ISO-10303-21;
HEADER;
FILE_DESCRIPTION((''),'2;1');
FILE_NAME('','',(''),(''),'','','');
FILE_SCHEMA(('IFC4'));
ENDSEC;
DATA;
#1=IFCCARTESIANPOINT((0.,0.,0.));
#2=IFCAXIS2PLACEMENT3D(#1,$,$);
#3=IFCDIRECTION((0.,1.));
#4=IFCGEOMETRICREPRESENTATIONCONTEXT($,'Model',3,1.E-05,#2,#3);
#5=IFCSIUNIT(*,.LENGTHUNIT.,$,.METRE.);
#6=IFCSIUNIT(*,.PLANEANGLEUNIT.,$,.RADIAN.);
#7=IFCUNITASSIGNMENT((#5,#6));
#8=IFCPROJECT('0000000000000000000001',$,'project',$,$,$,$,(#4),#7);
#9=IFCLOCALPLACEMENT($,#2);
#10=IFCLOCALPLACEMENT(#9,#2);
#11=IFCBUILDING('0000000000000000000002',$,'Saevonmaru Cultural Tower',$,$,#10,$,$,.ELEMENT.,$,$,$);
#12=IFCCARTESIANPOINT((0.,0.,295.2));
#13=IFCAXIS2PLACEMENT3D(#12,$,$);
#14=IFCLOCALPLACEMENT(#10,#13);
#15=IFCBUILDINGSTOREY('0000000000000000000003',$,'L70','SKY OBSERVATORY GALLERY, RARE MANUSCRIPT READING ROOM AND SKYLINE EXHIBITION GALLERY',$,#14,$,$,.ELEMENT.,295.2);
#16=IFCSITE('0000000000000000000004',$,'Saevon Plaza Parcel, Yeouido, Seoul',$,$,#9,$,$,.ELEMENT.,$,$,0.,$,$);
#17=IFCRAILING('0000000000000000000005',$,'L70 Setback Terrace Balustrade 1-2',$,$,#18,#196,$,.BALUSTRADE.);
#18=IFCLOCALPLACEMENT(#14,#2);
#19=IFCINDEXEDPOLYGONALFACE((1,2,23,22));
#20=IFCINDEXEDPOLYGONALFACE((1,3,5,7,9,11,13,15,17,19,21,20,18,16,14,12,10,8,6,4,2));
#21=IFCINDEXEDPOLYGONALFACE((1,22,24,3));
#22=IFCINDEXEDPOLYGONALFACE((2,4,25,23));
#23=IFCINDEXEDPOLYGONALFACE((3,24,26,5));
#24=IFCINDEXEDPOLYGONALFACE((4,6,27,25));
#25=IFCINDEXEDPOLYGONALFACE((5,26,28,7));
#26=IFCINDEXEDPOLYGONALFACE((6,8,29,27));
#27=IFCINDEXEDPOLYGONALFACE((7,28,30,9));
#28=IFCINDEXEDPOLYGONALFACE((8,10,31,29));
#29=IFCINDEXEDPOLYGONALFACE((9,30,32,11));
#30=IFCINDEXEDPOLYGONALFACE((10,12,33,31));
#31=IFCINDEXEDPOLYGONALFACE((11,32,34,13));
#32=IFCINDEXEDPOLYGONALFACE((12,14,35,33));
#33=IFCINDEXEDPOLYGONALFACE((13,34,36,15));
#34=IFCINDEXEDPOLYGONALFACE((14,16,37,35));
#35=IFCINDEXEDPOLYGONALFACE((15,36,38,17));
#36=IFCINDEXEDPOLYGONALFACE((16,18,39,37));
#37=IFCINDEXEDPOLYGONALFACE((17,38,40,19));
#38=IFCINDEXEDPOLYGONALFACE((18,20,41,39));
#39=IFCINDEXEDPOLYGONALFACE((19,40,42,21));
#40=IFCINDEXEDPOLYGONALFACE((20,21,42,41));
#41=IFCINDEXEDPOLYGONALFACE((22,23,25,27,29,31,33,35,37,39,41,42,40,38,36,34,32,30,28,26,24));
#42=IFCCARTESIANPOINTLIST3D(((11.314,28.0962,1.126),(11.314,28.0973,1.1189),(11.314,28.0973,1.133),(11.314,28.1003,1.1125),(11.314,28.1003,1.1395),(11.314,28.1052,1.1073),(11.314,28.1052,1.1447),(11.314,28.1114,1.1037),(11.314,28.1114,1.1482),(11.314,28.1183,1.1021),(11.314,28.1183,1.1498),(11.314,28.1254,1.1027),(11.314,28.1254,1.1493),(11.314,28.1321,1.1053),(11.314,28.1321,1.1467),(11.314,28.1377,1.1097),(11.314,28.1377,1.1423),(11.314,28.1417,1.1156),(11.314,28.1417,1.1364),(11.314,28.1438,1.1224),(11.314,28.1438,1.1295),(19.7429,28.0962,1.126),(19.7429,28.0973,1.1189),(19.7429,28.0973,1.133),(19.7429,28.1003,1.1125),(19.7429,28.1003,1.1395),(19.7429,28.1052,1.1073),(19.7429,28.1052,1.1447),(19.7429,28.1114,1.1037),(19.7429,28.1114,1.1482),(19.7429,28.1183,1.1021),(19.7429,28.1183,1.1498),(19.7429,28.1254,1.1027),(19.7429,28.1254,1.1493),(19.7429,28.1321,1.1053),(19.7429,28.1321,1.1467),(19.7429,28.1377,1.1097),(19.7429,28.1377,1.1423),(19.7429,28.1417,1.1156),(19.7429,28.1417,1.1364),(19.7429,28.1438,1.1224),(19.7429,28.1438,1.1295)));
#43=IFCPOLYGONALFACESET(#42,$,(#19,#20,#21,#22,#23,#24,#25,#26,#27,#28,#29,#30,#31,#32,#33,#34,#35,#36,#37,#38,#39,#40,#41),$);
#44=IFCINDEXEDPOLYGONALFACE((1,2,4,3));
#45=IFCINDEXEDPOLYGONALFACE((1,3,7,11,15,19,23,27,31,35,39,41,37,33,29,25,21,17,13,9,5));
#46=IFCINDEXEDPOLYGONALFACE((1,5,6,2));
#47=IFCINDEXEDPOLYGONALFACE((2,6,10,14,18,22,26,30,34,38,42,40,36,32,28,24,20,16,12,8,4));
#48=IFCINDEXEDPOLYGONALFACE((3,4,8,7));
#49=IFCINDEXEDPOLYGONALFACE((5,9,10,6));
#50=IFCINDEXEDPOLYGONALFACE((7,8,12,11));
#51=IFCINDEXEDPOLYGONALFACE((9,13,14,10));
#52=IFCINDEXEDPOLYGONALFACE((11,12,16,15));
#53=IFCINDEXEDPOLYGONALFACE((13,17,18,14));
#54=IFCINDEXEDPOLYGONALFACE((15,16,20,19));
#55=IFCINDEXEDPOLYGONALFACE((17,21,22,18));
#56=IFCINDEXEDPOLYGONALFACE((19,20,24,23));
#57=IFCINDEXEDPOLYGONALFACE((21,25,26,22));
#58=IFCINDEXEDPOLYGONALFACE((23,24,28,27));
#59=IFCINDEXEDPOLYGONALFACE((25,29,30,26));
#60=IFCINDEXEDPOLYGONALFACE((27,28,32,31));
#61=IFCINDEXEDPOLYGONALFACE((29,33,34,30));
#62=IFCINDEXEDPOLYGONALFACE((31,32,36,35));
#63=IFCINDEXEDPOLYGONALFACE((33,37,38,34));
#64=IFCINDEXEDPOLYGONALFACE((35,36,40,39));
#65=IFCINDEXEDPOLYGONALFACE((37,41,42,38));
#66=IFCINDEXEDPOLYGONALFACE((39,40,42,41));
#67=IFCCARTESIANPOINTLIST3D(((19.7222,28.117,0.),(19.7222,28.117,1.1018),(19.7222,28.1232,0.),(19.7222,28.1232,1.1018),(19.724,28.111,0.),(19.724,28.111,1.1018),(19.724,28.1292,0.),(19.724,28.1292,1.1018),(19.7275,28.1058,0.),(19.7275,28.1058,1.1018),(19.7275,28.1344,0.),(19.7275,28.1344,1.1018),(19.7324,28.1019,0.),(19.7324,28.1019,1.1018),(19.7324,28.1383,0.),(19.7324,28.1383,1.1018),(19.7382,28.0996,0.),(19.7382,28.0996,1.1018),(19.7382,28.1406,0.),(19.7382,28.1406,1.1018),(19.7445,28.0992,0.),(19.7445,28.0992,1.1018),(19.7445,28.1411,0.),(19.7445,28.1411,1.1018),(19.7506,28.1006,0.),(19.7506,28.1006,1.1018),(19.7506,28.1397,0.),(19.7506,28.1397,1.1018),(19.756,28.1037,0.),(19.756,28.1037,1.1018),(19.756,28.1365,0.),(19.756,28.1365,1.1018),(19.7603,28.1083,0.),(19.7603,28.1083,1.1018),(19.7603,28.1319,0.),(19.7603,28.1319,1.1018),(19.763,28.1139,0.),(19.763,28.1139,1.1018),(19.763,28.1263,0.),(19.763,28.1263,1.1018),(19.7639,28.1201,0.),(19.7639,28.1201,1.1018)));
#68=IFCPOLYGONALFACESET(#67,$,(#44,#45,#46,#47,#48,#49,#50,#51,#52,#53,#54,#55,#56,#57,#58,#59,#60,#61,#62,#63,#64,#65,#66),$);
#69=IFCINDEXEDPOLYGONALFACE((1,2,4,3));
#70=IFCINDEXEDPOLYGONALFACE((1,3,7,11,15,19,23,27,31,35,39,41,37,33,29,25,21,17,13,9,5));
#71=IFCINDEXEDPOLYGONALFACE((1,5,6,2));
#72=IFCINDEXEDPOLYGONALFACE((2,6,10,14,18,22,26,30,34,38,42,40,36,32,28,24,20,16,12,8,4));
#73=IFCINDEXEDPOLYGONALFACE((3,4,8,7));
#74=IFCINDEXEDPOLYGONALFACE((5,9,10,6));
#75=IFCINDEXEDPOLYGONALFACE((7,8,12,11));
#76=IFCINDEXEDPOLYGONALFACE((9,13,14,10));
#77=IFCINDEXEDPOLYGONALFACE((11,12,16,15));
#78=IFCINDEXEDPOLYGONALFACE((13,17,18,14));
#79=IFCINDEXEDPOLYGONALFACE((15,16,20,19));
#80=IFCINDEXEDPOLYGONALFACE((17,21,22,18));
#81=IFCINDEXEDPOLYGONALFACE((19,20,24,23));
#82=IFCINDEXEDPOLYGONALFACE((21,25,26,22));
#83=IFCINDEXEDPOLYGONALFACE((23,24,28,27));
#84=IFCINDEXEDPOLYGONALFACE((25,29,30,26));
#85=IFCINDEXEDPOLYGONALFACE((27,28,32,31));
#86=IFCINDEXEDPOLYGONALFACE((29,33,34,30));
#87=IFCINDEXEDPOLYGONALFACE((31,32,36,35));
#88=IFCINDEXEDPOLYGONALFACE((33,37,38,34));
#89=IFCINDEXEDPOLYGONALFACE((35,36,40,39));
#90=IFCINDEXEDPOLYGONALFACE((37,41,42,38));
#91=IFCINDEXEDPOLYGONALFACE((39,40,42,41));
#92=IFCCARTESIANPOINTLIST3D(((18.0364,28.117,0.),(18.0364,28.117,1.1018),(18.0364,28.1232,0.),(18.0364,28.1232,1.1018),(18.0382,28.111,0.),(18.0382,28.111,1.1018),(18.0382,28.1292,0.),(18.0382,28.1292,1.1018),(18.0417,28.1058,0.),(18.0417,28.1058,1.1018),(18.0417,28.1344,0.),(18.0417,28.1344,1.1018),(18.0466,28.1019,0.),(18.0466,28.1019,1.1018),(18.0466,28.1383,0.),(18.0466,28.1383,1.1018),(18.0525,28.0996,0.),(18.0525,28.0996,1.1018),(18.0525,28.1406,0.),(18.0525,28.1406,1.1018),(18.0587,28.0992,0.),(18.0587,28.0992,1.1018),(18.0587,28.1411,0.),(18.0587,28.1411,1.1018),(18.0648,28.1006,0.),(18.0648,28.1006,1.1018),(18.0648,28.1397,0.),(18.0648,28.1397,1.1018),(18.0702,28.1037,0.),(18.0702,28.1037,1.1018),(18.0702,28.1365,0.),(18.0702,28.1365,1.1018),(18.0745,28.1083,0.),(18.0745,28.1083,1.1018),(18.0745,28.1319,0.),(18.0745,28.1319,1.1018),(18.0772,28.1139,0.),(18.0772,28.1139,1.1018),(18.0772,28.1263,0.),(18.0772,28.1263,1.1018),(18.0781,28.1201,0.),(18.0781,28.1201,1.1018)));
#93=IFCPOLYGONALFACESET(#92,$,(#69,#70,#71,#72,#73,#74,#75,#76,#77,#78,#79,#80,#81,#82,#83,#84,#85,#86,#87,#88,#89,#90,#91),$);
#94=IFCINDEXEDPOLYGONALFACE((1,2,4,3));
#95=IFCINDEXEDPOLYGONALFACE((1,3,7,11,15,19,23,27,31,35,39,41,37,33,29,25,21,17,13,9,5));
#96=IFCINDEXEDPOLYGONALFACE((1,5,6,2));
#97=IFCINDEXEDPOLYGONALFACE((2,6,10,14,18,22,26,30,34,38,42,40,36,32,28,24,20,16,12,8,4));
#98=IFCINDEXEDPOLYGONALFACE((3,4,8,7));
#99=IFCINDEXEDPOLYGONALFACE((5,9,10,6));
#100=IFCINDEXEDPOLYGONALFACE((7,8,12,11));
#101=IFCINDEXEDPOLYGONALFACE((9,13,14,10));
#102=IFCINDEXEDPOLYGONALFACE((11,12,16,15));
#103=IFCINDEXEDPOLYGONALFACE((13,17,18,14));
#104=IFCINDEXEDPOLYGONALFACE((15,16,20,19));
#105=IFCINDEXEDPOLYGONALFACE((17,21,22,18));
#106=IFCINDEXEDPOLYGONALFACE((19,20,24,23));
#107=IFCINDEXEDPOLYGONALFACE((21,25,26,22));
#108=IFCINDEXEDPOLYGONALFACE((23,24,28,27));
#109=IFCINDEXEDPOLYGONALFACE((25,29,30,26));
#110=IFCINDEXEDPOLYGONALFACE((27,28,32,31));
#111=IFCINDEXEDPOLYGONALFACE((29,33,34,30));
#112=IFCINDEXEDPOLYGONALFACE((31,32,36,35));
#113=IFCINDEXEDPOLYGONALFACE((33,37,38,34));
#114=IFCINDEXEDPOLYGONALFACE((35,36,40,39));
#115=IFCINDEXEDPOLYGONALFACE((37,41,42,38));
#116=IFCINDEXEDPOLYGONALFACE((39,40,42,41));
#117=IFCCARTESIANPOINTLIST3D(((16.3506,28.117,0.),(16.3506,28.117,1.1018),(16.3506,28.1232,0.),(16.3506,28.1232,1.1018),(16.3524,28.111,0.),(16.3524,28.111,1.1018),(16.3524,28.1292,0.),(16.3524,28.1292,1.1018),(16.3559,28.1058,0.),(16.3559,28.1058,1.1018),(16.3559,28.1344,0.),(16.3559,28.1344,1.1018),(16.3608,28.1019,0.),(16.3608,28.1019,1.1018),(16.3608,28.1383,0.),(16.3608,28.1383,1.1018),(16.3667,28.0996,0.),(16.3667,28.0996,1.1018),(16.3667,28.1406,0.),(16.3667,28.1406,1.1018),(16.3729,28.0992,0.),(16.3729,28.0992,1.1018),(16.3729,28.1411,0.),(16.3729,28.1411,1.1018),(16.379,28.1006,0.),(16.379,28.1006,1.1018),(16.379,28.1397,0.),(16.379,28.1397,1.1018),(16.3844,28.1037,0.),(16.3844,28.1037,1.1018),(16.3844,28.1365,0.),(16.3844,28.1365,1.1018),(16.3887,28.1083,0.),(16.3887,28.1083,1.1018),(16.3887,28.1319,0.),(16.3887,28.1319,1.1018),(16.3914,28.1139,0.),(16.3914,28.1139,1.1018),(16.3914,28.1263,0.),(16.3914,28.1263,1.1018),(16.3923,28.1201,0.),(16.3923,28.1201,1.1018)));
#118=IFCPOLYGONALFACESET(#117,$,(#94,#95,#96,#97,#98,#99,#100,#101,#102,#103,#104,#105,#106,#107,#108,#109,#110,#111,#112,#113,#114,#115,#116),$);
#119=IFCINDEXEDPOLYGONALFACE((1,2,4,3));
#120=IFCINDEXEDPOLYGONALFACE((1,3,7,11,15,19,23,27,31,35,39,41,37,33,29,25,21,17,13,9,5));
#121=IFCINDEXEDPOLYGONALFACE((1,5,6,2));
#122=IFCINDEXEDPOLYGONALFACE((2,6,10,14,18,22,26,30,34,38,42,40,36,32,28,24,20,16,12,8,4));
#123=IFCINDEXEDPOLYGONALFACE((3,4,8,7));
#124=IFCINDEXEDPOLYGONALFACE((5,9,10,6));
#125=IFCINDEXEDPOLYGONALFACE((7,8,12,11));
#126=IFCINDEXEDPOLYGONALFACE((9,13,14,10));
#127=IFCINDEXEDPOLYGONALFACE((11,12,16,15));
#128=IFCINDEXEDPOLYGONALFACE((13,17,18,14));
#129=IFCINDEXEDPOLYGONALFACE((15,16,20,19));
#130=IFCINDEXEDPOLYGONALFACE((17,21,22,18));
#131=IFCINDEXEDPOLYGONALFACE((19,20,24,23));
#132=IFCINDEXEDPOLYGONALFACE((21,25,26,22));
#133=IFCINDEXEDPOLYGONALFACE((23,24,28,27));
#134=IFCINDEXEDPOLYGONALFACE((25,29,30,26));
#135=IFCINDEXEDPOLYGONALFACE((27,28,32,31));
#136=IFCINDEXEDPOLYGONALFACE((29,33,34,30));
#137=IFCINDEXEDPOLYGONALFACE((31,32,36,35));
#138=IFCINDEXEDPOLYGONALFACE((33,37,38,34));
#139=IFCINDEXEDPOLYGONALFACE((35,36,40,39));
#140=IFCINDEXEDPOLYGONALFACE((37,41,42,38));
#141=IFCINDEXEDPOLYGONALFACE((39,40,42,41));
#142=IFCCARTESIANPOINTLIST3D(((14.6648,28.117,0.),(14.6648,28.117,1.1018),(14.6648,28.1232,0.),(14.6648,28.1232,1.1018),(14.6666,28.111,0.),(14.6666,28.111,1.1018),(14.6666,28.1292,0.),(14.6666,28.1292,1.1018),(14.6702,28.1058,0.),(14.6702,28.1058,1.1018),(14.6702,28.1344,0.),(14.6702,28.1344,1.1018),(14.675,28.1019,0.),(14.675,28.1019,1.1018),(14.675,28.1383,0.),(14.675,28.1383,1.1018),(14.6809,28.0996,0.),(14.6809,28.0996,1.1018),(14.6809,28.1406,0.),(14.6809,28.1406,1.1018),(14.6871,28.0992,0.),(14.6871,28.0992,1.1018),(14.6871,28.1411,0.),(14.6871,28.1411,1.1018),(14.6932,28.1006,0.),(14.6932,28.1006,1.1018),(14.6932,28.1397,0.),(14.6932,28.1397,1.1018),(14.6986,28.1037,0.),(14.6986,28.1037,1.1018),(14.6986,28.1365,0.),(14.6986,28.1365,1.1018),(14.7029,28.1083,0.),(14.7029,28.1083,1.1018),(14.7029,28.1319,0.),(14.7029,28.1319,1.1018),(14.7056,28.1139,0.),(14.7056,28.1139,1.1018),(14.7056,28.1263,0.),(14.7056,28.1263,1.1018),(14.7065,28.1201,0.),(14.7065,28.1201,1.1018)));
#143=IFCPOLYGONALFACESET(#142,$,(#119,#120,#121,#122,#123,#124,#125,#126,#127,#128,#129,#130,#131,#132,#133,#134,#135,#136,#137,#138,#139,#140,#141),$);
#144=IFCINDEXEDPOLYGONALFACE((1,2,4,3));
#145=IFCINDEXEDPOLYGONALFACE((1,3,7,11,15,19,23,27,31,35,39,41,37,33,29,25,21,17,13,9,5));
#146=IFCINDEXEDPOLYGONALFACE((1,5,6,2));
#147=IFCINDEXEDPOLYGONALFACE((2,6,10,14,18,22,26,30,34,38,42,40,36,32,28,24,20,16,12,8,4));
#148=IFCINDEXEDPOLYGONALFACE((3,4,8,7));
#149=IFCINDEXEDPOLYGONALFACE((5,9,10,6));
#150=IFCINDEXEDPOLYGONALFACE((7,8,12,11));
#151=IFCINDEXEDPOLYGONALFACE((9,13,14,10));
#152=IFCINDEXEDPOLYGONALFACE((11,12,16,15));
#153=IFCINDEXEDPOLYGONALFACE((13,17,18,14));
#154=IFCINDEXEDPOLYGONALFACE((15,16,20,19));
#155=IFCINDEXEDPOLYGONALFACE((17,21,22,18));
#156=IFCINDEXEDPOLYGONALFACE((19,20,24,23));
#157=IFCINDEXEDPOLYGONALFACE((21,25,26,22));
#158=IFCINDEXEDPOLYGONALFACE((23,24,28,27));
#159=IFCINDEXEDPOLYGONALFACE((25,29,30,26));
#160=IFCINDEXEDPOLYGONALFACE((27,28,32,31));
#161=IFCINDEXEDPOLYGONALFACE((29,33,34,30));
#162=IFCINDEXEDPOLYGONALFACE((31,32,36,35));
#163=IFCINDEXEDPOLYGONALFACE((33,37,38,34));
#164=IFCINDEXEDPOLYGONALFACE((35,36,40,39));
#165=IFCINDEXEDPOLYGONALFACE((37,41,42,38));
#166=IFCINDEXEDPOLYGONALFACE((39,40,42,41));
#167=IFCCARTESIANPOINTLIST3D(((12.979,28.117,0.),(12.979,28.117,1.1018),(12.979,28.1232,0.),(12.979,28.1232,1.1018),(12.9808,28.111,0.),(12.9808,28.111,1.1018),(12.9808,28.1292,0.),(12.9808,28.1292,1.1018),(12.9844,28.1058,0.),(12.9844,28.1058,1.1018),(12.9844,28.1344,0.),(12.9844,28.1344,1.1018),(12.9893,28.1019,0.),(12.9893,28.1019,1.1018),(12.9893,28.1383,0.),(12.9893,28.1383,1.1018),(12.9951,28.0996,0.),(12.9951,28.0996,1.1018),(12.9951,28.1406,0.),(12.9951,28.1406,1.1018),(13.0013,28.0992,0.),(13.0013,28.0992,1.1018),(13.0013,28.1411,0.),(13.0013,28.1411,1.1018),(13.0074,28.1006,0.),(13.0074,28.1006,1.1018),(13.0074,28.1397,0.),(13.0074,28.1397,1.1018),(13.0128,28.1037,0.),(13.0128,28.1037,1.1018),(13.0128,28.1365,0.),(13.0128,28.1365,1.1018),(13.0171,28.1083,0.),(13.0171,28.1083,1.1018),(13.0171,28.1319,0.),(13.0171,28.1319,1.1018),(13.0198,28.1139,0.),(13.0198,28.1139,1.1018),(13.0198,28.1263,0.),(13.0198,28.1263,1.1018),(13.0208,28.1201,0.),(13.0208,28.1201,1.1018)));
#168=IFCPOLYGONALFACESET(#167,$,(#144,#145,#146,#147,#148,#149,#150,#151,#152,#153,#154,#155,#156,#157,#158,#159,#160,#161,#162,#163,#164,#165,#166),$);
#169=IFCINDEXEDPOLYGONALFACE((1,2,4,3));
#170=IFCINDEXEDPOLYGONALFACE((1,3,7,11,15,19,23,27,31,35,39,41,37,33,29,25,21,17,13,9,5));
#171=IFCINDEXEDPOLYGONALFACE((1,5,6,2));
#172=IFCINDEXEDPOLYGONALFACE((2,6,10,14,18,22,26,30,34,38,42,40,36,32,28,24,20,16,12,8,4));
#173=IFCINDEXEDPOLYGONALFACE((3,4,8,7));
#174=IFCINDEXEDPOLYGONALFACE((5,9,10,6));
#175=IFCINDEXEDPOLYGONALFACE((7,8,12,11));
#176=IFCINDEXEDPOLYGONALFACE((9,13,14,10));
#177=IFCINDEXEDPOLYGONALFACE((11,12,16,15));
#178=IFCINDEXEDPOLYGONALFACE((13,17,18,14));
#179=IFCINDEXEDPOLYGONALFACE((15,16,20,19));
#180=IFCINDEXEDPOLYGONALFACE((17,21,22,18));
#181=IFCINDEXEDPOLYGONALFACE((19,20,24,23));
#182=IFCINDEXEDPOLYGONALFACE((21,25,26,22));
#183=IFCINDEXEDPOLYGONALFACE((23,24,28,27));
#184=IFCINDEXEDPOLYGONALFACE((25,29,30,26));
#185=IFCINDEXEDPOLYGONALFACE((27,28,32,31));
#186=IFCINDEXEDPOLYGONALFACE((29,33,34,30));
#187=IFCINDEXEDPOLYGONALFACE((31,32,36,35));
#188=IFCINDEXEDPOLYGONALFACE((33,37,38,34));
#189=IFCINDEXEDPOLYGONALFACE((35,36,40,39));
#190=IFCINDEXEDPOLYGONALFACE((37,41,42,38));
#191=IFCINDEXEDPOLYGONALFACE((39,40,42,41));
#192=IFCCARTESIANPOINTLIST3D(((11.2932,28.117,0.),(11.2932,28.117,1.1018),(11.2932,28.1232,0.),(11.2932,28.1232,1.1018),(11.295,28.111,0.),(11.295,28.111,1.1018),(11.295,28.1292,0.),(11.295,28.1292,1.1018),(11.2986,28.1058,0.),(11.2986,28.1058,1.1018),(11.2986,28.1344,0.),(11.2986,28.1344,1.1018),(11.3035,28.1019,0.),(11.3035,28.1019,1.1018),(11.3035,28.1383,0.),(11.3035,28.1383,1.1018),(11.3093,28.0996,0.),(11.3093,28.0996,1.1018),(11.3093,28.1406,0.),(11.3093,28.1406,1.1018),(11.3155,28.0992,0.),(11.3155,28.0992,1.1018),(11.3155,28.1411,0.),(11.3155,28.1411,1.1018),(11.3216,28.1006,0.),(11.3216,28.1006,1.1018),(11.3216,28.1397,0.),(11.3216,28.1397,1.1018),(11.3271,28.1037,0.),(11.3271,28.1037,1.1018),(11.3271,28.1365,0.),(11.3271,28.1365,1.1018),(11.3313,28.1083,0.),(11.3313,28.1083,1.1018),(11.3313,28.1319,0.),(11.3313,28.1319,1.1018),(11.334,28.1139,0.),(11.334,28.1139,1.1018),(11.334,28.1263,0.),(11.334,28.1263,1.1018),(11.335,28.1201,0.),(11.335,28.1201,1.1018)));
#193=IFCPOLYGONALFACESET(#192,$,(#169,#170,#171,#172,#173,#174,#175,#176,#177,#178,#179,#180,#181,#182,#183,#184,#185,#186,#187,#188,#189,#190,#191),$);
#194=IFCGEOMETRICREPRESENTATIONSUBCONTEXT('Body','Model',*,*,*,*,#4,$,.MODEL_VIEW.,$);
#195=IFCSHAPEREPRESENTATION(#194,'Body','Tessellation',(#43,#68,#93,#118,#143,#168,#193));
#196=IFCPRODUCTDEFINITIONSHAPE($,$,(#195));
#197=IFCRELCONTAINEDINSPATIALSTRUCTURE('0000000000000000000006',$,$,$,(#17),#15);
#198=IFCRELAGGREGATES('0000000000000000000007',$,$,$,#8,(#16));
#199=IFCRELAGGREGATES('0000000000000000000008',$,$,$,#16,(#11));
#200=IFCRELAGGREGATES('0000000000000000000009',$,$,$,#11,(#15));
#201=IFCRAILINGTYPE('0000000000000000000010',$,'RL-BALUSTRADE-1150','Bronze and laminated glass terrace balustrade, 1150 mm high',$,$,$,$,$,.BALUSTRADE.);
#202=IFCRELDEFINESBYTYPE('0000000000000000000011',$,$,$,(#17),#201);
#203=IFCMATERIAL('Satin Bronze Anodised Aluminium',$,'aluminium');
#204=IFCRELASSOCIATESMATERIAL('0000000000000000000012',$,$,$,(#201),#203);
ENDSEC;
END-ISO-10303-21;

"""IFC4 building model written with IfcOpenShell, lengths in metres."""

from ifc_helpers import new_model, si_unit, direction, frame, origin, origin_2d, place, context, subcontext, project, spatial, circle, extrude, material, type_object, element, save


model = new_model("IFC4")

# Units and contexts
model_context = context("Model", 3, precision=1e-05, world=origin(), true_north=direction((0.0, 1.0)))
body_context = subcontext(model_context, "Body", "Model", "MODEL_VIEW")
ifc_project = project(units=[si_unit("LENGTHUNIT", "METRE"), si_unit("PLANEANGLEUNIT", "RADIAN")], contexts=[model_context])

# Site, building, storey
site_placement = place(None, origin())
site = spatial("IfcSite", under=ifc_project, at=site_placement, Name="Saevon Plaza Parcel, Yeouido, Seoul", CompositionType="ELEMENT", RefElevation=0.0)
building_placement = place(site_placement, origin())
building = spatial("IfcBuilding", under=site, at=building_placement, Name="Saevonmaru Cultural Tower", CompositionType="ELEMENT")
storey_placement = place(building_placement, frame((0.0, 0.0, 295.2)))
storey = spatial("IfcBuildingStorey", under=building, at=storey_placement, Name="L70", Description="SKY OBSERVATORY GALLERY, RARE MANUSCRIPT READING ROOM AND SKYLINE EXHIBITION GALLERY", CompositionType="ELEMENT", Elevation=295.2)

# Shared definitions
ifc_material_1 = material(Name="Satin Bronze Anodised Aluminium", Category="aluminium")

# Railing
railing_type = type_object("IfcRailingType", Name="RL-BALUSTRADE-1150", Description="Bronze and laminated glass terrace balustrade, 1150 mm high", PredefinedType="BALUSTRADE", material=ifc_material_1)
railing_1_placement = place(storey_placement, frame((19.7429, 28.1201, 0.0)))
element("IfcRailing", 1, at=railing_1_placement, inside=storey, type_object=railing_type, Name="L70 Setback Terrace Balustrade 1-2", PredefinedType="BALUSTRADE", context=body_context, shape_type="SweptSolid", body=[
    extrude(circle(Radius=0.0239, at=origin_2d()), frame((0.0, 0.0, 1.126), z_axis=(-1.0, 0.0, 0.0), x_axis=(0.0, -1.0, 0.0)), (0.0, 0.0, 1.0), 8.429),
    extrude(circle(Radius=0.021, at=origin_2d()), origin(), (0.0, 0.0, 1.0), 1.1018),
    extrude(circle(Radius=0.021, at=origin_2d()), frame((-1.6858, 0.0, 0.0)), (0.0, 0.0, 1.0), 1.1018),
    extrude(circle(Radius=0.021, at=origin_2d()), frame((-3.3716, 0.0, 0.0)), (0.0, 0.0, 1.0), 1.1018),
    extrude(circle(Radius=0.021, at=origin_2d()), frame((-5.0574, 0.0, 0.0)), (0.0, 0.0, 1.0), 1.1018),
    extrude(circle(Radius=0.021, at=origin_2d()), frame((-6.7432, 0.0, 0.0)), (0.0, 0.0, 1.0), 1.1018),
    extrude(circle(Radius=0.021, at=origin_2d()), frame((-8.429, 0.0, 0.0)), (0.0, 0.0, 1.0), 1.1018),
])

save(model, "model.ifc")
